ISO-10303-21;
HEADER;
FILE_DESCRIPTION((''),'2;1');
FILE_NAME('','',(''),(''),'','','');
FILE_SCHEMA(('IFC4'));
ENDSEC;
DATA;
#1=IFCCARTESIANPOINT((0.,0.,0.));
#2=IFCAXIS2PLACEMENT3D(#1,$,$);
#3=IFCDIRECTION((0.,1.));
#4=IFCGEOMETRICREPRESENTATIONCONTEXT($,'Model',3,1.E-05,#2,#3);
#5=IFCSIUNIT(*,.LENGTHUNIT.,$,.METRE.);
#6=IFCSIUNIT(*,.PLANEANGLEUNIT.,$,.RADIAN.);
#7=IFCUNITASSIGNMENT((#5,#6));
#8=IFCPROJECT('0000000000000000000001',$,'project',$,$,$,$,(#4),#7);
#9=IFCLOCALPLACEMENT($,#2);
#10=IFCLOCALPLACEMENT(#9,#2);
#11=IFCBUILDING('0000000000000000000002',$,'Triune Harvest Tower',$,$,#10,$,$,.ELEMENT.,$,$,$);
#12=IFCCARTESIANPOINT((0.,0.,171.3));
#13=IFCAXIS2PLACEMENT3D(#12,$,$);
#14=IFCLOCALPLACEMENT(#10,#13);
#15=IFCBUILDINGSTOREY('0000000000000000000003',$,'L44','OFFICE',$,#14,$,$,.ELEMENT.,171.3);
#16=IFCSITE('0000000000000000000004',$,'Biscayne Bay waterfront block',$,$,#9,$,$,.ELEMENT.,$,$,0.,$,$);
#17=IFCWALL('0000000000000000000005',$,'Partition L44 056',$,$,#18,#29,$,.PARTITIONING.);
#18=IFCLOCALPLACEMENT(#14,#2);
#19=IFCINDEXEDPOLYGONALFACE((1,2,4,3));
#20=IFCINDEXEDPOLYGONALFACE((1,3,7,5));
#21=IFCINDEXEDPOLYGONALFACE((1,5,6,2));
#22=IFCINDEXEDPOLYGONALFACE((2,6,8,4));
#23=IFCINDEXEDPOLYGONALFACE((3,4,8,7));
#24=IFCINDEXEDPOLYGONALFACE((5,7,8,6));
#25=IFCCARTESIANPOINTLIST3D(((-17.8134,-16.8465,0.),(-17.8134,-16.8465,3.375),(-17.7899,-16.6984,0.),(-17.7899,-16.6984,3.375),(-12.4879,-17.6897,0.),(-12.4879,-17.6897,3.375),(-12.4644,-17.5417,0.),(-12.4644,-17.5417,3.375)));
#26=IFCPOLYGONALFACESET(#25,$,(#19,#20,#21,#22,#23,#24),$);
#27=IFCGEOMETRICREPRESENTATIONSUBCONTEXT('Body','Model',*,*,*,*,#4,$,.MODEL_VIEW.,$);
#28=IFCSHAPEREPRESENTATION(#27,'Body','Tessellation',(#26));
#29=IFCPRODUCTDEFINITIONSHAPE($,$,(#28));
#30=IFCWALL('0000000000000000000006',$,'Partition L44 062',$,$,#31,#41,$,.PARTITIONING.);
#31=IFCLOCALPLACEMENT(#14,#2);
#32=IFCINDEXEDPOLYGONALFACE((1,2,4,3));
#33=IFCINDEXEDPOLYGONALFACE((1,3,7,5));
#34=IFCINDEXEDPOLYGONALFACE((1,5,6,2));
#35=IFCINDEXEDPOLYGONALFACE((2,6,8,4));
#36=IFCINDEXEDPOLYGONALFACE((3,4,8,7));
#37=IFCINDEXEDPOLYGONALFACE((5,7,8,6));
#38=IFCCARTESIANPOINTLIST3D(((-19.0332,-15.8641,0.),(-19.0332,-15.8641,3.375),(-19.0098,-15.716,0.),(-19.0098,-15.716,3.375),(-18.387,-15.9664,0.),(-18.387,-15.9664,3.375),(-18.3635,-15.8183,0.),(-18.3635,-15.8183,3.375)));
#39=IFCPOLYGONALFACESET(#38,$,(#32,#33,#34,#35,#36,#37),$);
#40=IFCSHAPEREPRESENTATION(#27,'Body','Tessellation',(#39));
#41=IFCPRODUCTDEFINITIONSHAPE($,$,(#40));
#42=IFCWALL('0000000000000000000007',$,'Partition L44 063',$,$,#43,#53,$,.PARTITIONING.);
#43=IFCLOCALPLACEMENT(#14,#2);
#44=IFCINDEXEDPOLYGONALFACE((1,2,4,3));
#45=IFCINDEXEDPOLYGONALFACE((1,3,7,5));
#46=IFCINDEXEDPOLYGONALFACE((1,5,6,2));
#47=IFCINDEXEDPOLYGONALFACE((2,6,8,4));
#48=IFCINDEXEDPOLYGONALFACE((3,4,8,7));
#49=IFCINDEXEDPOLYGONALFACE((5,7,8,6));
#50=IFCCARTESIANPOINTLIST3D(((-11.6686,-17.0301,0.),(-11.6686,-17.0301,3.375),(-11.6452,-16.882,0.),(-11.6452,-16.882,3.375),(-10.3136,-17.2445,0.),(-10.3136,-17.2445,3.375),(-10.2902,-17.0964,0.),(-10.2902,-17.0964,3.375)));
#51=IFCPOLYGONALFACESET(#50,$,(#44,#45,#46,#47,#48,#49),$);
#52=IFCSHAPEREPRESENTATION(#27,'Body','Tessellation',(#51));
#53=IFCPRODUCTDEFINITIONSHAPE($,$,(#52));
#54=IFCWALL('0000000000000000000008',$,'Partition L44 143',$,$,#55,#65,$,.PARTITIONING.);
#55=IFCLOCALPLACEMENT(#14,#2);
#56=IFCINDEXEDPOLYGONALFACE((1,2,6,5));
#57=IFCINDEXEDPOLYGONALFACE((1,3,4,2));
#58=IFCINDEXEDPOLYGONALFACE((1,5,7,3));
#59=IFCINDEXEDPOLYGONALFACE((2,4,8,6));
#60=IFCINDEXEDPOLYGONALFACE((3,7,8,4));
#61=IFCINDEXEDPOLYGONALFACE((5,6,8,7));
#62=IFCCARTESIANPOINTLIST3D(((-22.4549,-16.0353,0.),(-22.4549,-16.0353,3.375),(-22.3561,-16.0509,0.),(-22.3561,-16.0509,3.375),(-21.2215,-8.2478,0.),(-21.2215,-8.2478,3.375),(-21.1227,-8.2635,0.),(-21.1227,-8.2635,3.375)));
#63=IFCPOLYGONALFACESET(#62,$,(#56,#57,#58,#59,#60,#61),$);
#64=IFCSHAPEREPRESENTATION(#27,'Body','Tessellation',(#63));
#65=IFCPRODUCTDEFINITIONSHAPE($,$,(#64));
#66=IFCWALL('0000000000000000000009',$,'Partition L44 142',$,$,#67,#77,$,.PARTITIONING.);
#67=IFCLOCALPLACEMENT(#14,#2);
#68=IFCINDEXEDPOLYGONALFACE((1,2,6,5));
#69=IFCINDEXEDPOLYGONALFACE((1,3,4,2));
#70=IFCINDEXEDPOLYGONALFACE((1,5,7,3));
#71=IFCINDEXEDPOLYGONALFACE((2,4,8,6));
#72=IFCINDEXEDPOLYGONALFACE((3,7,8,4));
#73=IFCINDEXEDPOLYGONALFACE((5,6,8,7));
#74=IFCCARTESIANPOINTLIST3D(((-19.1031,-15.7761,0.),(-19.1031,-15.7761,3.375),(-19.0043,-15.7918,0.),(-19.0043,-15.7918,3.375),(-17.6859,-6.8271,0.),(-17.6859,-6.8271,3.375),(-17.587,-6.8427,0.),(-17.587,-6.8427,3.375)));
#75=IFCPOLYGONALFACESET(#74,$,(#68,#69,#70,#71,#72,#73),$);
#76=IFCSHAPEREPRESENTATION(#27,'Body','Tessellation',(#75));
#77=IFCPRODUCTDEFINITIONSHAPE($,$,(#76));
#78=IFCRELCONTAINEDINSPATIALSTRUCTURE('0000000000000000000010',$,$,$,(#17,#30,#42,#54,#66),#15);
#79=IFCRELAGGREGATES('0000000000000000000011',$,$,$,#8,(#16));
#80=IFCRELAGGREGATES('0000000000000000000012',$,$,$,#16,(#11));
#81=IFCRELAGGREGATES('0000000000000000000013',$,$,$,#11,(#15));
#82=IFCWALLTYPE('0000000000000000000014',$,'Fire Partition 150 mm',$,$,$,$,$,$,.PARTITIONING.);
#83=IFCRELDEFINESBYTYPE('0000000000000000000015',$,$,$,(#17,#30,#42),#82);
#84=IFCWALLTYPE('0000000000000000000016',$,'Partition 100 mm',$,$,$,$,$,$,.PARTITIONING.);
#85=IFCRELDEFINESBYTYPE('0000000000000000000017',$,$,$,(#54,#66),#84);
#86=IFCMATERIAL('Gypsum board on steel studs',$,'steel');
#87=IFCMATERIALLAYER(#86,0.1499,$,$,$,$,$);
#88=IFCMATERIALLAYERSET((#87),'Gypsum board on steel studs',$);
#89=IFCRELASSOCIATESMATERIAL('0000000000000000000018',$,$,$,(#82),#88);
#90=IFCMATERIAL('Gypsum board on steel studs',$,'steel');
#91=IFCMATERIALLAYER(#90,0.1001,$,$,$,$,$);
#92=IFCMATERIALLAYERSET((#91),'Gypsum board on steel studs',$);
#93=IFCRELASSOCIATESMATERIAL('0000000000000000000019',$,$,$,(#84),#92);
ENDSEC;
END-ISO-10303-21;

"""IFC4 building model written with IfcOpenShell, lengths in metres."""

from ifc_helpers import new_model, si_unit, direction, frame, frame_2d, origin, place, context, subcontext, project, spatial, rectangle, extrude, source, transform, mapped, material, layer, layer_set, type_object, element, save


model = new_model("IFC4")

# Units and contexts
model_context = context("Model", 3, precision=1e-05, world=origin(), true_north=direction((0.0, 1.0)))
body_context = subcontext(model_context, "Body", "Model", "MODEL_VIEW")
ifc_project = project(units=[si_unit("LENGTHUNIT", "METRE"), si_unit("PLANEANGLEUNIT", "RADIAN")], contexts=[model_context])

# Site, building, storey
site_placement = place(None, origin())
site = spatial("IfcSite", under=ifc_project, at=site_placement, Name="Biscayne Bay waterfront block", CompositionType="ELEMENT", RefElevation=0.0)
building_placement = place(site_placement, origin())
building = spatial("IfcBuilding", under=site, at=building_placement, Name="Triune Harvest Tower", CompositionType="ELEMENT")
storey_placement = place(building_placement, frame((0.0, 0.0, 171.3)))
storey = spatial("IfcBuildingStorey", under=building, at=storey_placement, Name="L44", Description="OFFICE", CompositionType="ELEMENT", Elevation=171.3)

# Shared definitions
ifc_material_1 = material(Name="Gypsum board on steel studs", Category="steel")
ifc_layer_1 = layer(ifc_material_1, 0.1499)
ifc_layer_set_1 = layer_set([ifc_layer_1], Name="Gypsum board on steel studs")
wall_type_1 = type_object("IfcWallType", Name="Fire Partition 150 mm", PredefinedType="PARTITIONING", material=ifc_layer_set_1)

# Walls
ifc_material_2 = material(Name="Gypsum board on steel studs", Category="steel")
ifc_layer_2 = layer(ifc_material_2, 0.1001)
ifc_layer_set_2 = layer_set([ifc_layer_2], Name="Gypsum board on steel studs")
wall_type_2 = type_object("IfcWallType", Name="Partition 100 mm", PredefinedType="PARTITIONING", material=ifc_layer_set_2)
shared_shape_1 = source(origin(), body_context, "Body", "SweptSolid", [
    extrude(rectangle(XDim=5.3918, YDim=0.1499, at=frame_2d((2.6958, 0.0))), origin(), (0.0, 0.0, 1.0), 3.375),
])
wall_1_placement = place(storey_placement, frame((-17.8015, -16.7725, 0.0), z_axis=(0.0, 0.0, 1.0), x_axis=(0.987694, -0.156397, 0.0)))
element("IfcWall", 1, at=wall_1_placement, inside=storey, type_object=wall_type_1, Name="Partition L44 056", PredefinedType="PARTITIONING", context=body_context, shape_type="MappedRepresentation", body=[
    mapped(shared_shape_1, transform((0.0, 0.0, 0.0), scale=1.0)),
])
shared_shape_2 = source(origin(), body_context, "Body", "SweptSolid", [
    extrude(rectangle(XDim=0.6543, YDim=0.1499, at=frame_2d((0.3271, 0.0))), origin(), (0.0, 0.0, 1.0), 3.375),
])
wall_2_placement = place(storey_placement, frame((-19.0215, -15.79, 0.0), z_axis=(0.0, 0.0, 1.0), x_axis=(0.987702, -0.156346, 0.0)))
element("IfcWall", 2, at=wall_2_placement, inside=storey, type_object=wall_type_1, Name="Partition L44 062", PredefinedType="PARTITIONING", context=body_context, shape_type="MappedRepresentation", body=[
    mapped(shared_shape_2, transform((0.0, 0.0, 0.0), scale=1.0)),
])
shared_shape_3 = source(origin(), body_context, "Body", "SweptSolid", [
    extrude(rectangle(XDim=1.3718, YDim=0.1499, at=frame_2d((0.686, 0.0))), origin(), (0.0, 0.0, 1.0), 3.375),
])
wall_3_placement = place(storey_placement, frame((-11.657, -16.9561, 0.0), z_axis=(0.0, 0.0, 1.0), x_axis=(0.987717, -0.156255, 0.0)))
element("IfcWall", 3, at=wall_3_placement, inside=storey, type_object=wall_type_1, Name="Partition L44 063", PredefinedType="PARTITIONING", context=body_context, shape_type="MappedRepresentation", body=[
    mapped(shared_shape_3, transform((0.0, 0.0, 0.0), scale=1.0)),
])
shared_shape_4 = source(origin(), body_context, "Body", "SweptSolid", [
    extrude(rectangle(XDim=7.8845, YDim=0.1001, at=frame_2d((3.9424, 0.0))), origin(), (0.0, 0.0, 1.0), 3.375),
])
wall_4_placement = place(storey_placement, frame((-22.4055, -16.0432, 0.0), z_axis=(0.0, 0.0, 1.0), x_axis=(0.156435, 0.987688, 0.0)))
element("IfcWall", 4, at=wall_4_placement, inside=storey, type_object=wall_type_2, Name="Partition L44 143", PredefinedType="PARTITIONING", context=body_context, shape_type="MappedRepresentation", body=[
    mapped(shared_shape_4, transform((0.0, 0.0, 0.0), scale=1.0)),
])
shared_shape_5 = source(origin(), body_context, "Body", "SweptSolid", [
    extrude(rectangle(XDim=9.0605, YDim=0.1001, at=frame_2d((4.5303, 0.0))), origin(), (0.0, 0.0, 1.0), 3.375),
])
wall_5_placement = place(storey_placement, frame((-19.0537, -15.7839, 0.0), z_axis=(0.0, 0.0, 1.0), x_axis=(0.156419, 0.987691, 0.0)))
element("IfcWall", 5, at=wall_5_placement, inside=storey, type_object=wall_type_2, Name="Partition L44 142", PredefinedType="PARTITIONING", context=body_context, shape_type="MappedRepresentation", body=[
    mapped(shared_shape_5, transform((0.0, 0.0, 0.0), scale=1.0)),
])

save(model, "model.ifc")
